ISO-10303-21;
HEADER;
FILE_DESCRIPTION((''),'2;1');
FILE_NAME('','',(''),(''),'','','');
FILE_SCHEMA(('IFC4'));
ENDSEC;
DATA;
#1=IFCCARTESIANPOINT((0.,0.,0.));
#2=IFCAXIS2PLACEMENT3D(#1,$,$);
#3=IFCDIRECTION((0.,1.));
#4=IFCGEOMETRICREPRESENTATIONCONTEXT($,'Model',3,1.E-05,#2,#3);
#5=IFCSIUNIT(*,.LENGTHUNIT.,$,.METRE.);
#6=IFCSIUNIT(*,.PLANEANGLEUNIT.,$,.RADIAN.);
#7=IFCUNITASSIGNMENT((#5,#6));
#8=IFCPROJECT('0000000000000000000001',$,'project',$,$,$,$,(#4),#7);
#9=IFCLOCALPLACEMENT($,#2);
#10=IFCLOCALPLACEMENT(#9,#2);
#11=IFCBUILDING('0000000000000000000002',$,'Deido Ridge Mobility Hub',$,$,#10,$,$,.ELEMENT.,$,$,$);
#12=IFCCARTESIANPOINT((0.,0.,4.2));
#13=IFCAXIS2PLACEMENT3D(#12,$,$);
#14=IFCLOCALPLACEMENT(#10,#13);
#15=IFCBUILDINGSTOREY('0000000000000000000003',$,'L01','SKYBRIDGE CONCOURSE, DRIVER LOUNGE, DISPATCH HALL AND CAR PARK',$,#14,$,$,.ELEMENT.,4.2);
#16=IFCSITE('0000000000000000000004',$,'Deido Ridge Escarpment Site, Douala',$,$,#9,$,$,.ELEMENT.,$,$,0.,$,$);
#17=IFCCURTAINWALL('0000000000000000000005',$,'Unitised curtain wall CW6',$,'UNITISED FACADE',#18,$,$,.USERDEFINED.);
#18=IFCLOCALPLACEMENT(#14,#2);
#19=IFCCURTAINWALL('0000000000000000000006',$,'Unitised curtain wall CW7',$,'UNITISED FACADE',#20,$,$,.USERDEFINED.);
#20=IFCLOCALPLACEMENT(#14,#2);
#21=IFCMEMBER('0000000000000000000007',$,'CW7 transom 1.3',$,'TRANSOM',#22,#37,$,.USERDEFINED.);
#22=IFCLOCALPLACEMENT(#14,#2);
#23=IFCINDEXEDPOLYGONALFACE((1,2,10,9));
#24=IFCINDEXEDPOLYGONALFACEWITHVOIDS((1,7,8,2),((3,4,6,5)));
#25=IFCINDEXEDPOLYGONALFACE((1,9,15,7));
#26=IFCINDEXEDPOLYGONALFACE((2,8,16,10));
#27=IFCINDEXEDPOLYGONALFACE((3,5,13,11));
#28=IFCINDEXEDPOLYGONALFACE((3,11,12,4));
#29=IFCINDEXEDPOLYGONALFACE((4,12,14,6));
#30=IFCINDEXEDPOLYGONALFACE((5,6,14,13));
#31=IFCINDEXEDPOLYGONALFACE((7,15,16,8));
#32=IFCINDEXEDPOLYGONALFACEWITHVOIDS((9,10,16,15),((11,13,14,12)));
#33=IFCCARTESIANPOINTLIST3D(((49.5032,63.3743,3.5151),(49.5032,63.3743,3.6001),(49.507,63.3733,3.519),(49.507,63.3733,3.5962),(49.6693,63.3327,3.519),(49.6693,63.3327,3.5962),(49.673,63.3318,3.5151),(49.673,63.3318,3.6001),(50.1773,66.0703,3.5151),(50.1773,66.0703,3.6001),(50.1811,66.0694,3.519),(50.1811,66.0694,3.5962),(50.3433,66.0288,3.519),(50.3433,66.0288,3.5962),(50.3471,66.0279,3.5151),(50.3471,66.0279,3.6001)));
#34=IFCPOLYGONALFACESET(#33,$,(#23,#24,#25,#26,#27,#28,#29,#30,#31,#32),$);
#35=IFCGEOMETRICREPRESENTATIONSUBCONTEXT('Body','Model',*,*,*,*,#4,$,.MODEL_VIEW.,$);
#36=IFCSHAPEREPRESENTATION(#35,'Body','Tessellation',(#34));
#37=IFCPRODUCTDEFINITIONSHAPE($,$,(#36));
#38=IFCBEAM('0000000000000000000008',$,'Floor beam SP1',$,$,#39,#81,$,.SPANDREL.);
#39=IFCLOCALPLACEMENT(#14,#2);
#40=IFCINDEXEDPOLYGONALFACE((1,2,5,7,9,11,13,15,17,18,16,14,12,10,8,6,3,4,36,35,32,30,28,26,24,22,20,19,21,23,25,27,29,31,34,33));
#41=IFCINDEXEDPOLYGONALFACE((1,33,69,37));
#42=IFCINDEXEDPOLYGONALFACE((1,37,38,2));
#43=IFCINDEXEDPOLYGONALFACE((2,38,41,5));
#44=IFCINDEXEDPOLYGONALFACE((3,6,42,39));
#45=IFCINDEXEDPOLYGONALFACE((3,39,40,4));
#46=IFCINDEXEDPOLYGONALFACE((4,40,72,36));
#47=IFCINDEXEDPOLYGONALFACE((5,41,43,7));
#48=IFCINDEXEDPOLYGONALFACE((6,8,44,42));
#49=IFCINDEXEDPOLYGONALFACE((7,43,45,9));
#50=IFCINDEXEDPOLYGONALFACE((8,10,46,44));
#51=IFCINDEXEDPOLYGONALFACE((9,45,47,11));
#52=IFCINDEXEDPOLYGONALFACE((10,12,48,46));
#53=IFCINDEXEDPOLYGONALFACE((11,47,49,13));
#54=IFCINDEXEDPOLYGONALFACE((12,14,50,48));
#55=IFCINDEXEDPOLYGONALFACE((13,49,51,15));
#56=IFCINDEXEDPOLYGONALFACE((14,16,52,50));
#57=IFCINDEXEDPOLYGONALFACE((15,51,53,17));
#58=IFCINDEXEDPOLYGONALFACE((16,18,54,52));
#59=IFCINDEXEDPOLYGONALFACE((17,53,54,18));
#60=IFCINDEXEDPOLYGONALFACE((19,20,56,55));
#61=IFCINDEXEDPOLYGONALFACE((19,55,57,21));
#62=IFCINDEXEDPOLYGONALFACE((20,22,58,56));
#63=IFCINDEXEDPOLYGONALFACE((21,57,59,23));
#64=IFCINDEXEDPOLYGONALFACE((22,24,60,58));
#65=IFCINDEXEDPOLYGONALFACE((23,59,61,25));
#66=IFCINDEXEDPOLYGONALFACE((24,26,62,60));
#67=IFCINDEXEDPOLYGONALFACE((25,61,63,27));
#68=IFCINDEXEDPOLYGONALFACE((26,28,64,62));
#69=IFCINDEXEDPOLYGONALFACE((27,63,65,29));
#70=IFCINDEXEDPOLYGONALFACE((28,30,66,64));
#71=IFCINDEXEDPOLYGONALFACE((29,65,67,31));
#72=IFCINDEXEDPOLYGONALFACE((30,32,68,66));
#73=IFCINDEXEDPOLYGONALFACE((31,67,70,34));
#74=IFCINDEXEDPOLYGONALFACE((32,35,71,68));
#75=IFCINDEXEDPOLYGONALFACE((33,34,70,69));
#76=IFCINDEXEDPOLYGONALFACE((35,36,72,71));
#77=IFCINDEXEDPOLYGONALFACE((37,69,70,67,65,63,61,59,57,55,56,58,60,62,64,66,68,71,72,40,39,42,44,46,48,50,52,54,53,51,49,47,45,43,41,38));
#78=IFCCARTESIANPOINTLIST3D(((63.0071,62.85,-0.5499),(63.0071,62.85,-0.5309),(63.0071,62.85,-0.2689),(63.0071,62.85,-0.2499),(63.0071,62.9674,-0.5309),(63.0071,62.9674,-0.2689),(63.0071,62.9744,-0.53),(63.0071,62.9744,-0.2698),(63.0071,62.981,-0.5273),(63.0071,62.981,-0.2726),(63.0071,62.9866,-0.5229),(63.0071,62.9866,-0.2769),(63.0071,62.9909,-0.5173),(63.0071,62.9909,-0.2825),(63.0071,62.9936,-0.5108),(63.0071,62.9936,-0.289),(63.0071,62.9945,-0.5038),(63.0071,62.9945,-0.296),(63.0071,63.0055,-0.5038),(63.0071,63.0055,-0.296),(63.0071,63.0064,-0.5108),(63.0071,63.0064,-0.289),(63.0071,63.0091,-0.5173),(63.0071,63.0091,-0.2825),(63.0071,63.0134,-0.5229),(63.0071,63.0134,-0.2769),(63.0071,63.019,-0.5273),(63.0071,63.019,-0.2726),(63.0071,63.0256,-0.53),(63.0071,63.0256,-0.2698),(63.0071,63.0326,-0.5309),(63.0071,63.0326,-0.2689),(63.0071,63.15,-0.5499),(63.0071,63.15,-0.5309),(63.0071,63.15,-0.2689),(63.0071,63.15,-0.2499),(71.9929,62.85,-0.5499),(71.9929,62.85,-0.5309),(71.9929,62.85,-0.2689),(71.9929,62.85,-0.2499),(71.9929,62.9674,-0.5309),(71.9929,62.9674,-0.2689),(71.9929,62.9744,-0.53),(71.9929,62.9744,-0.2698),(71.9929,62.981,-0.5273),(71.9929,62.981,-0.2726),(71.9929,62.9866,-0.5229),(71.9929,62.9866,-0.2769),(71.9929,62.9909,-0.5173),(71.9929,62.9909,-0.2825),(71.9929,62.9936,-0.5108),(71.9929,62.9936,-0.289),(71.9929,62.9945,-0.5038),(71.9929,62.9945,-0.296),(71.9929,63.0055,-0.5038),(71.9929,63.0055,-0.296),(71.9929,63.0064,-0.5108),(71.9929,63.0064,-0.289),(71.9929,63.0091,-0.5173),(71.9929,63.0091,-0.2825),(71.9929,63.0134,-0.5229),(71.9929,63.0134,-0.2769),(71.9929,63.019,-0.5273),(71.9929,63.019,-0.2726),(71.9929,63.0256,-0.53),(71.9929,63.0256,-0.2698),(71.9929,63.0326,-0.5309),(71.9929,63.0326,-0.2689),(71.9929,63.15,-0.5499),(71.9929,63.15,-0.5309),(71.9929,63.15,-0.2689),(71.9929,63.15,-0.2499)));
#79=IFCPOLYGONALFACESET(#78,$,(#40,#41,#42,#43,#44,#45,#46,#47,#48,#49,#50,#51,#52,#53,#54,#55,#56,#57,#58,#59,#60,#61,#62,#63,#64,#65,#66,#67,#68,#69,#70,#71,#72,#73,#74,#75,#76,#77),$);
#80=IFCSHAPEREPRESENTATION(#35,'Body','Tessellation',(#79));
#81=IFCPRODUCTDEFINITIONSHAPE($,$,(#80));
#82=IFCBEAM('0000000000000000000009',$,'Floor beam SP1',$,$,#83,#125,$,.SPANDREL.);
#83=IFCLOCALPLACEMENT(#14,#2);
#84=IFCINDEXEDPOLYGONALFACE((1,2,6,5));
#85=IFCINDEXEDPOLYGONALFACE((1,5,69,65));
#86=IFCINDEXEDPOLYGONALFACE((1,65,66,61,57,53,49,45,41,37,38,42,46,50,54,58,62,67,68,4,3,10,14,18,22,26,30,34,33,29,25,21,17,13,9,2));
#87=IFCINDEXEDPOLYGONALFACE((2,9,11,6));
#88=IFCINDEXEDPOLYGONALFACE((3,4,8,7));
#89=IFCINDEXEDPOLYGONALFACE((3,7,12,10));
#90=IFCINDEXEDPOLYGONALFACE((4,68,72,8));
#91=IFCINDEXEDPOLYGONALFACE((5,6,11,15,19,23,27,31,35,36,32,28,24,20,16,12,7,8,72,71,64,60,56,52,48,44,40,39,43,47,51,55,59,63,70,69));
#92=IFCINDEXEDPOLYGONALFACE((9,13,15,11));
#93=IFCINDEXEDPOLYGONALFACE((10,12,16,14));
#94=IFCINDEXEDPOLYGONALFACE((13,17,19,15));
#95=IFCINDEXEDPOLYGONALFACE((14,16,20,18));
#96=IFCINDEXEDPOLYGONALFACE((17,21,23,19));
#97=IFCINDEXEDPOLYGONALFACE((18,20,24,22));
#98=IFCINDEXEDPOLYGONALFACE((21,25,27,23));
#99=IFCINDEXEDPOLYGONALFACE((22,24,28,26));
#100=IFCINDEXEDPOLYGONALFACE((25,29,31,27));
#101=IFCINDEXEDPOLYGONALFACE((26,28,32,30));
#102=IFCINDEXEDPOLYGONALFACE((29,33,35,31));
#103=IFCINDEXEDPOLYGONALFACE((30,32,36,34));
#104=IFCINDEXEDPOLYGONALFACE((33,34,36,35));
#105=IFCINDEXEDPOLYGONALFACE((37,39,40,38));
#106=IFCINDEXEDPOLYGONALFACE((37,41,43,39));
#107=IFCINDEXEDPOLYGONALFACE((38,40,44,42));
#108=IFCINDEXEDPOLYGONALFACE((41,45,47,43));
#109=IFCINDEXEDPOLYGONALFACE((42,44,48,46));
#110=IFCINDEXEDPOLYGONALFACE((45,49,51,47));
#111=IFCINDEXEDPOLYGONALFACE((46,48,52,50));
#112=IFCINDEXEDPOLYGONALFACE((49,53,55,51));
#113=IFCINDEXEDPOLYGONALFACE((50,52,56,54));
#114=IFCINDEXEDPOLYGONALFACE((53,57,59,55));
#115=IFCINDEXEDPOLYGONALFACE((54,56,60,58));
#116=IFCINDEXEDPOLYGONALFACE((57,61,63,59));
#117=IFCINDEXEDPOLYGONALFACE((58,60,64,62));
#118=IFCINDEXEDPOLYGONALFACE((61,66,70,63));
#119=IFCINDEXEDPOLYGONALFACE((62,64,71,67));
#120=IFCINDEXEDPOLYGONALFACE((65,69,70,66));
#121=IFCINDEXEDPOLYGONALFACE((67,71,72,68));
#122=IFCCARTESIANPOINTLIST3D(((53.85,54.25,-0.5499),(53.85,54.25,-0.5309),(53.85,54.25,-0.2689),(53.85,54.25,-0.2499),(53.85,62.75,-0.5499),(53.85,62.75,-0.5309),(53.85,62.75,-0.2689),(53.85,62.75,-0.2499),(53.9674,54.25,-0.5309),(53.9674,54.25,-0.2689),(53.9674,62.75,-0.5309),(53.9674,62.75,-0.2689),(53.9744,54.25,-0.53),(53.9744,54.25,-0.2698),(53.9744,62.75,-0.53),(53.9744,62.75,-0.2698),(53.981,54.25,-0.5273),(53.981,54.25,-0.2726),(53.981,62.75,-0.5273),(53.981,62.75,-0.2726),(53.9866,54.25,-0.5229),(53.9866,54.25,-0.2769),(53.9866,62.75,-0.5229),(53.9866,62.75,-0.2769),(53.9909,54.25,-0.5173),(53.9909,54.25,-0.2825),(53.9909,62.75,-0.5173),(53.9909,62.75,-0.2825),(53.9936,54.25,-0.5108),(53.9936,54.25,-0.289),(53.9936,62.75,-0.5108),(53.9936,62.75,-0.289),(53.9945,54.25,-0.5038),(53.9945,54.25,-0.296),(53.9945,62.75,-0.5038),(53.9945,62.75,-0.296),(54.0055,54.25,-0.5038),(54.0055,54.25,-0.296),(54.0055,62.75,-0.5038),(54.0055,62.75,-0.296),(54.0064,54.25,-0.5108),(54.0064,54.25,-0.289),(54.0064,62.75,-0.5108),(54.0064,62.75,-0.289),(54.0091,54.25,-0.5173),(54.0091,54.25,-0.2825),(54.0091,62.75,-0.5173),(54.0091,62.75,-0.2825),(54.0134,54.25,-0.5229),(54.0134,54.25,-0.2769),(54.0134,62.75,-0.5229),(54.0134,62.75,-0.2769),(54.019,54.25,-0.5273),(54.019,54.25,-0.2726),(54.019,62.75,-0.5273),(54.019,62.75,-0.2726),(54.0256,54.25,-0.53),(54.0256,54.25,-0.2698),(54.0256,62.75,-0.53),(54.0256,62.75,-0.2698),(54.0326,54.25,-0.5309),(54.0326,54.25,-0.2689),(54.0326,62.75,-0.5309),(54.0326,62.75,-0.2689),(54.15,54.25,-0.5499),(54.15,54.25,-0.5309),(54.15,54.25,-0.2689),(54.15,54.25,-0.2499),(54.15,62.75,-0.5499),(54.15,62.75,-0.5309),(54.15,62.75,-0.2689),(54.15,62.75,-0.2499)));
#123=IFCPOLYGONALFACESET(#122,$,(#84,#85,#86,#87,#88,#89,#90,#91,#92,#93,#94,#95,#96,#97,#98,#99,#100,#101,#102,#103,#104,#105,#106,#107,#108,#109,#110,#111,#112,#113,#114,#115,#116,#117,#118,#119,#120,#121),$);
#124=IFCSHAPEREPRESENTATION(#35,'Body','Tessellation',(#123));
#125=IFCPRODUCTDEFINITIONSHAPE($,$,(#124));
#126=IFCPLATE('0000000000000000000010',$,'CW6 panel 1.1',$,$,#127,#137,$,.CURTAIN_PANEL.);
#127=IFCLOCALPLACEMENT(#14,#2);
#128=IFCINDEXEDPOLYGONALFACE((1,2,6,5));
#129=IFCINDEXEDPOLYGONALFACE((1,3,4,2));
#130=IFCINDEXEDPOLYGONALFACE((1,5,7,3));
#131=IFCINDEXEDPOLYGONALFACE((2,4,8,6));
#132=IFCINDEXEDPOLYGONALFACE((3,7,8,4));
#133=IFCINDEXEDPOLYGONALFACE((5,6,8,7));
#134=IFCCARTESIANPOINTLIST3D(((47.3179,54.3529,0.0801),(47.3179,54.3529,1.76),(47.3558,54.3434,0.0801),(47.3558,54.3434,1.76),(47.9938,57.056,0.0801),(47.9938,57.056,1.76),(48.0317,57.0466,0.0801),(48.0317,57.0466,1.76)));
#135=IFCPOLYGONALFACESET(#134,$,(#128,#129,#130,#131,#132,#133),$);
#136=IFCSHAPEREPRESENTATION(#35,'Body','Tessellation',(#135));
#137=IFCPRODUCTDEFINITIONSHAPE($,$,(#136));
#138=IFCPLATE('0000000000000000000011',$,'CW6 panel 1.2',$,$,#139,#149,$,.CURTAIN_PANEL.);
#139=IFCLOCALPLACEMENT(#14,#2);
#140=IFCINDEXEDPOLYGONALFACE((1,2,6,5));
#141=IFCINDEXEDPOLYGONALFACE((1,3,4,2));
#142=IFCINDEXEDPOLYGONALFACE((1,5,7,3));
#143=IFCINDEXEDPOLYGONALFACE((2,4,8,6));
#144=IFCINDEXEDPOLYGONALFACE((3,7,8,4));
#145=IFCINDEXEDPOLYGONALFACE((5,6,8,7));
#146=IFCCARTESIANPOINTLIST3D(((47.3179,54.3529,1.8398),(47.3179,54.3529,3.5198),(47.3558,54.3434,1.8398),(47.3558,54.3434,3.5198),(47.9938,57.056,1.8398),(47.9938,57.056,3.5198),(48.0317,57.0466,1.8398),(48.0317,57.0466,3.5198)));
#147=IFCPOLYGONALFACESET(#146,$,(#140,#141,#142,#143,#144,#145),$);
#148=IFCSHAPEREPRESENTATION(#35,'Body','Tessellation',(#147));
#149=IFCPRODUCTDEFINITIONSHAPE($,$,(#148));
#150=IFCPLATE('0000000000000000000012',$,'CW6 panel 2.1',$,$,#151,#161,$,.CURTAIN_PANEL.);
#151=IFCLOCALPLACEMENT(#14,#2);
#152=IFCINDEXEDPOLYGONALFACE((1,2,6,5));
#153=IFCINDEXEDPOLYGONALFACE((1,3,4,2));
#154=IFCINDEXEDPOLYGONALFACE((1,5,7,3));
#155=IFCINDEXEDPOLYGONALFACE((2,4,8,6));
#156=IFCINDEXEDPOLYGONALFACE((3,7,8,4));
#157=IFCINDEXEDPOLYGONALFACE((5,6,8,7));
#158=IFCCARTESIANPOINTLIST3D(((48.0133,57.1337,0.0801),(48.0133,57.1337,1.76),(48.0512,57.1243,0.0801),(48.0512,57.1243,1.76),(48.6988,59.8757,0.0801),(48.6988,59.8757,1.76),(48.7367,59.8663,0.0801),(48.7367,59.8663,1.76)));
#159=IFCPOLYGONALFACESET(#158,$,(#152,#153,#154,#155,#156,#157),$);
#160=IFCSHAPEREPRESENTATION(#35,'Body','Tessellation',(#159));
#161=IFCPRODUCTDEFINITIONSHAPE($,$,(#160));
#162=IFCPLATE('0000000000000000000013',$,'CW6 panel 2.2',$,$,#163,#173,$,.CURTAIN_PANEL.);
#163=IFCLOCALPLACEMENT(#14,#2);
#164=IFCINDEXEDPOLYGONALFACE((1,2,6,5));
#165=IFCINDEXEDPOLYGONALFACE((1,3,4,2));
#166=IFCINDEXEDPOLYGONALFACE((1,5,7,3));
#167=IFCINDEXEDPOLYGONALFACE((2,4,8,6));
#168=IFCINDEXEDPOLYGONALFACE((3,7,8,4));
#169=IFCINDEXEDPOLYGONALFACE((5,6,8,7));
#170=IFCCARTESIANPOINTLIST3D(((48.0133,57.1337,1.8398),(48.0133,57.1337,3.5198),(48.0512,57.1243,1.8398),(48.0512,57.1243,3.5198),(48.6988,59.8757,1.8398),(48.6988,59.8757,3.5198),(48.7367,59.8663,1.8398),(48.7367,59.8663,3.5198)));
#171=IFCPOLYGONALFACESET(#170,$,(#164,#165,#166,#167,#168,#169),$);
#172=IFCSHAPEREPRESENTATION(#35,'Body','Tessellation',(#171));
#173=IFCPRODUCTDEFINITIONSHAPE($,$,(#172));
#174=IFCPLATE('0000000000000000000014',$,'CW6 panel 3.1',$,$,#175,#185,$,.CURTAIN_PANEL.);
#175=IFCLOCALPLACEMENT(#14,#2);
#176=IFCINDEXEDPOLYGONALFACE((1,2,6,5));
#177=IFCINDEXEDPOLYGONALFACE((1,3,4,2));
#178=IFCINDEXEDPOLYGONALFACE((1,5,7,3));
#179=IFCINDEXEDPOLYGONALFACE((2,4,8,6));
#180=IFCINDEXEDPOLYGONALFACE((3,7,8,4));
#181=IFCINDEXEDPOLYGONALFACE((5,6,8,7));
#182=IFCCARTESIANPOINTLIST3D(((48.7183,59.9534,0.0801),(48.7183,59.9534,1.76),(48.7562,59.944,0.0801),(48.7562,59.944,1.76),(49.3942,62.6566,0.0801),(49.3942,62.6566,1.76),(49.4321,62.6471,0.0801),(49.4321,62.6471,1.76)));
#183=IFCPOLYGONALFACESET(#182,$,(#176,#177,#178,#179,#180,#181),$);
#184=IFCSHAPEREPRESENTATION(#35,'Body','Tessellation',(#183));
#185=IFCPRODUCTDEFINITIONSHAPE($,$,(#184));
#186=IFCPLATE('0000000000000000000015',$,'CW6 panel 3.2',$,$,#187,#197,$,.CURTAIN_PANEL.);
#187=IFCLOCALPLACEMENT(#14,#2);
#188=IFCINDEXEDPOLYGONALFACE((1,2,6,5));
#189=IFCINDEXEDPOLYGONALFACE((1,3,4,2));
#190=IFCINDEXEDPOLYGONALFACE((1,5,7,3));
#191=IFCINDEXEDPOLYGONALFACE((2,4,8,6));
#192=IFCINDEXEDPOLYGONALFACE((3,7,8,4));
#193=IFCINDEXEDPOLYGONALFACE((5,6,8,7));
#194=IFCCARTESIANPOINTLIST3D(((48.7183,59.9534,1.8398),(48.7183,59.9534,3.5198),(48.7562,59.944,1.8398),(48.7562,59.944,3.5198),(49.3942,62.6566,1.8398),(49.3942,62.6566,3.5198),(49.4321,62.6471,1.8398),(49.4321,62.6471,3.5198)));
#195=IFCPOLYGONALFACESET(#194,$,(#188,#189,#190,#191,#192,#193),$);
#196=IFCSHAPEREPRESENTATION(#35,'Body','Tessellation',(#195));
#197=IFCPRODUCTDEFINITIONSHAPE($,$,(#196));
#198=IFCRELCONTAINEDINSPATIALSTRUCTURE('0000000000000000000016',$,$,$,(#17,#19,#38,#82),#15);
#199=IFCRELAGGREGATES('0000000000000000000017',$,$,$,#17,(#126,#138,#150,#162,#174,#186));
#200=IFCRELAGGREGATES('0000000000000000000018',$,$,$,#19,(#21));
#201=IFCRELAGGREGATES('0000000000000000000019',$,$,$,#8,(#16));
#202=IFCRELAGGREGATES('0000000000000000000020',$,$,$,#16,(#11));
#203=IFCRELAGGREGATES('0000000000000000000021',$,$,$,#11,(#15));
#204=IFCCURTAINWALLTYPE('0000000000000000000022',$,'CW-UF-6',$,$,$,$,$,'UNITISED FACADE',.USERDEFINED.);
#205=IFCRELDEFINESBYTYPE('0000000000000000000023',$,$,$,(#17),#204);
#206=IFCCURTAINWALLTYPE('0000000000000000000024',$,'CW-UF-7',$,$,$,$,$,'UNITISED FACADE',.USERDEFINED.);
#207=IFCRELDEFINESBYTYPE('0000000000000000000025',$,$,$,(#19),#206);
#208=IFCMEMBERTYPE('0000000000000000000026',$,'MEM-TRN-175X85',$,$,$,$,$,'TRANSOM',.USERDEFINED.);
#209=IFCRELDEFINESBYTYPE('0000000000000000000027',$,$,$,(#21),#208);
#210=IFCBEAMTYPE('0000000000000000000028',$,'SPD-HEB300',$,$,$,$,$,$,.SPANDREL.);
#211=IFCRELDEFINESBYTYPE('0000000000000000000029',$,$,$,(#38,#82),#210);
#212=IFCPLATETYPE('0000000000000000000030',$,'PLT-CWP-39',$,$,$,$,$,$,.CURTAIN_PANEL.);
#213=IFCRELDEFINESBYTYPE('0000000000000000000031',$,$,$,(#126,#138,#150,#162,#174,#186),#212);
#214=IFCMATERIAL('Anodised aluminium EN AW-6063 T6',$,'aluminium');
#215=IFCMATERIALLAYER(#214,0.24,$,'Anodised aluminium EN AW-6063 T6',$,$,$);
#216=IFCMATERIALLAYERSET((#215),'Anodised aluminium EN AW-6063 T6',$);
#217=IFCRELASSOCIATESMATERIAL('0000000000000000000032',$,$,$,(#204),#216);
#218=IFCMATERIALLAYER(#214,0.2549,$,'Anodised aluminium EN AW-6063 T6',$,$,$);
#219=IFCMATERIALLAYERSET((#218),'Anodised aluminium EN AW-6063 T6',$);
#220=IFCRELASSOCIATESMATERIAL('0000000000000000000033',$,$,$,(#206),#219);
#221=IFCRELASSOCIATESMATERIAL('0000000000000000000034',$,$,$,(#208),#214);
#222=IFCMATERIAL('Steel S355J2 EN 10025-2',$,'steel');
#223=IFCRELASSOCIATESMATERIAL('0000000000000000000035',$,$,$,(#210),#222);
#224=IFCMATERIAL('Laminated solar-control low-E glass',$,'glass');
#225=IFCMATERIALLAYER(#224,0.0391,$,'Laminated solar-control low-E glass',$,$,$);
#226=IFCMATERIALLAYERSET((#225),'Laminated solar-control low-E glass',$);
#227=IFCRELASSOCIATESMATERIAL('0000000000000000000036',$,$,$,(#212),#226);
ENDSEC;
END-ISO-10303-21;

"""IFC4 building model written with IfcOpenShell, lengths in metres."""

from ifc_helpers import new_model, si_unit, direction, frame, origin, origin_2d, place, context, subcontext, project, spatial, rectangle, hollow_rectangle, i_section, extrude, material, layer, layer_set, material_profile, profile_set, type_object, element, aggregate, save


model = new_model("IFC4")

# Units and contexts
model_context = context("Model", 3, precision=1e-05, world=origin(), true_north=direction((0.0, 1.0)))
body_context = subcontext(model_context, "Body", "Model", "MODEL_VIEW")
ifc_project = project(units=[si_unit("LENGTHUNIT", "METRE"), si_unit("PLANEANGLEUNIT", "RADIAN")], contexts=[model_context])

# Site, building, storey
site_placement = place(None, origin())
site = spatial("IfcSite", under=ifc_project, at=site_placement, Name="Deido Ridge Escarpment Site, Douala", CompositionType="ELEMENT", RefElevation=0.0)
building_placement = place(site_placement, origin())
building = spatial("IfcBuilding", under=site, at=building_placement, Name="Deido Ridge Mobility Hub", CompositionType="ELEMENT")
storey_placement = place(building_placement, frame((0.0, 0.0, 4.2)))
storey = spatial("IfcBuildingStorey", under=building, at=storey_placement, Name="L01", Description="SKYBRIDGE CONCOURSE, DRIVER LOUNGE, DISPATCH HALL AND CAR PARK", CompositionType="ELEMENT", Elevation=4.2)

# Shared definitions
ifc_material_1 = material(Name="Steel S355J2 EN 10025-2", Category="steel")

# Curtain wall
ifc_material_2 = material(Name="Anodised aluminium EN AW-6063 T6", Category="aluminium")
ifc_layer_1 = layer(ifc_material_2, 0.24, Name="Anodised aluminium EN AW-6063 T6")
ifc_layer_set_1 = layer_set([ifc_layer_1], Name="Anodised aluminium EN AW-6063 T6")
curtain_wall_type_1 = type_object("IfcCurtainWallType", Name="CW-UF-6", ElementType="UNITISED FACADE", PredefinedType="USERDEFINED", material=ifc_layer_set_1)
curtain_wall_1_placement = place(storey_placement, origin())
curtain_wall_1 = element("IfcCurtainWall", 1, at=curtain_wall_1_placement, inside=storey, type_object=curtain_wall_type_1, Name="Unitised curtain wall CW6", ObjectType="UNITISED FACADE", PredefinedType="USERDEFINED")

# Curtain wall
ifc_layer_2 = layer(ifc_material_2, 0.2549, Name="Anodised aluminium EN AW-6063 T6")
ifc_layer_set_2 = layer_set([ifc_layer_2], Name="Anodised aluminium EN AW-6063 T6")
curtain_wall_type_2 = type_object("IfcCurtainWallType", Name="CW-UF-7", ElementType="UNITISED FACADE", PredefinedType="USERDEFINED", material=ifc_layer_set_2)
curtain_wall_2_placement = place(storey_placement, origin())
curtain_wall_2 = element("IfcCurtainWall", 2, at=curtain_wall_2_placement, inside=storey, type_object=curtain_wall_type_2, Name="Unitised curtain wall CW7", ObjectType="UNITISED FACADE", PredefinedType="USERDEFINED")

# Member
ifc_material_profile_1 = material_profile(ifc_material_2, hollow_rectangle(XDim=0.175, YDim=0.085, WallThickness=0.0039, at=origin_2d()), Name="RHS 175x85x4")
ifc_profile_set_1 = profile_set([ifc_material_profile_1], Name="Anodised aluminium EN AW-6063 T6")
member_type_1 = type_object("IfcMemberType", Name="MEM-TRN-175X85", ElementType="TRANSOM", PredefinedType="USERDEFINED", material=ifc_profile_set_1)
member_1_placement = place(storey_placement, frame((49.5881, 63.353, 3.5576), z_axis=(0.242556, 0.970137, 0.0), x_axis=(-0.970137, 0.242556, 0.0)))
member_1 = element("IfcMember", 3, at=member_1_placement, type_object=member_type_1, Name="CW7 transom 1.3", ObjectType="TRANSOM", PredefinedType="USERDEFINED", context=body_context, shape_type="SweptSolid", body=[
    extrude(hollow_rectangle(XDim=0.175, YDim=0.085, WallThickness=0.0039, at=origin_2d()), origin(), (0.0, 0.0, 1.0), 2.7791),
])

# Beams
ifc_material_profile_2 = material_profile(ifc_material_1, i_section(OverallWidth=0.3, OverallDepth=0.3, WebThickness=0.011, FlangeThickness=0.019, FilletRadius=0.0271, at=origin_2d()), Name="HEB 300")
ifc_profile_set_2 = profile_set([ifc_material_profile_2], Name="Steel S355J2 EN 10025-2")
beam_type_1 = type_object("IfcBeamType", Name="SPD-HEB300", PredefinedType="SPANDREL", material=ifc_profile_set_2)
beam_1_placement = place(storey_placement, frame((63.0071, 63.0, -0.3999), z_axis=(1.0, 0.0, 0.0), x_axis=(0.0, 1.0, 0.0)))
element("IfcBeam", 4, at=beam_1_placement, inside=storey, type_object=beam_type_1, Name="Floor beam SP1", PredefinedType="SPANDREL", context=body_context, shape_type="SweptSolid", body=[
    extrude(i_section(OverallWidth=0.3, OverallDepth=0.3, WebThickness=0.011, FlangeThickness=0.019, FilletRadius=0.0271, at=origin_2d()), origin(), (0.0, 0.0, 1.0), 8.9858),
])
beam_2_placement = place(storey_placement, frame((54.0, 54.25, -0.3999), z_axis=(0.0, 1.0, 0.0), x_axis=(-1.0, 0.0, 0.0)))
element("IfcBeam", 5, at=beam_2_placement, inside=storey, type_object=beam_type_1, Name="Floor beam SP1", PredefinedType="SPANDREL", context=body_context, shape_type="SweptSolid", body=[
    extrude(i_section(OverallWidth=0.3, OverallDepth=0.3, WebThickness=0.011, FlangeThickness=0.019, FilletRadius=0.0271, at=origin_2d()), origin(), (0.0, 0.0, 1.0), 8.5),
])

# Plates
ifc_material_3 = material(Name="Laminated solar-control low-E glass", Category="glass")
ifc_layer_3 = layer(ifc_material_3, 0.0391, Name="Laminated solar-control low-E glass")
ifc_layer_set_3 = layer_set([ifc_layer_3], Name="Laminated solar-control low-E glass")
plate_type_1 = type_object("IfcPlateType", Name="PLT-CWP-39", PredefinedType="CURTAIN_PANEL", material=ifc_layer_set_3)
plate_1_placement = place(storey_placement, frame((47.6748, 55.6997, 0.0801), z_axis=(0.0, 0.0, 1.0), x_axis=(0.242546, 0.97014, 0.0)))
plate_1 = element("IfcPlate", 6, at=plate_1_placement, type_object=plate_type_1, Name="CW6 panel 1.1", PredefinedType="CURTAIN_PANEL", context=body_context, shape_type="SweptSolid", body=[
    extrude(rectangle(XDim=2.7864, YDim=0.0391, at=origin_2d()), origin(), (0.0, 0.0, 1.0), 1.6799),
])
plate_2_placement = place(storey_placement, frame((47.6748, 55.6997, 1.8398), z_axis=(0.0, 0.0, 1.0), x_axis=(0.242546, 0.97014, 0.0)))
plate_2 = element("IfcPlate", 7, at=plate_2_placement, type_object=plate_type_1, Name="CW6 panel 1.2", PredefinedType="CURTAIN_PANEL", context=body_context, shape_type="SweptSolid", body=[
    extrude(rectangle(XDim=2.7864, YDim=0.0391, at=origin_2d()), origin(), (0.0, 0.0, 1.0), 1.6799),
])
plate_3_placement = place(storey_placement, frame((48.375, 58.5, 0.0801), z_axis=(0.0, 0.0, 1.0), x_axis=(0.242546, 0.97014, 0.0)))
plate_3 = element("IfcPlate", 8, at=plate_3_placement, type_object=plate_type_1, Name="CW6 panel 2.1", PredefinedType="CURTAIN_PANEL", context=body_context, shape_type="SweptSolid", body=[
    extrude(rectangle(XDim=2.8264, YDim=0.0391, at=origin_2d()), origin(), (0.0, 0.0, 1.0), 1.6799),
])
plate_4_placement = place(storey_placement, frame((48.375, 58.5, 1.8398), z_axis=(0.0, 0.0, 1.0), x_axis=(0.242546, 0.97014, 0.0)))
plate_4 = element("IfcPlate", 9, at=plate_4_placement, type_object=plate_type_1, Name="CW6 panel 2.2", PredefinedType="CURTAIN_PANEL", context=body_context, shape_type="SweptSolid", body=[
    extrude(rectangle(XDim=2.8264, YDim=0.0391, at=origin_2d()), origin(), (0.0, 0.0, 1.0), 1.6799),
])
plate_5_placement = place(storey_placement, frame((49.0752, 61.3003, 0.0801), z_axis=(0.0, 0.0, 1.0), x_axis=(0.242546, 0.97014, 0.0)))
plate_5 = element("IfcPlate", 10, at=plate_5_placement, type_object=plate_type_1, Name="CW6 panel 3.1", PredefinedType="CURTAIN_PANEL", context=body_context, shape_type="SweptSolid", body=[
    extrude(rectangle(XDim=2.7864, YDim=0.0391, at=origin_2d()), origin(), (0.0, 0.0, 1.0), 1.6799),
])
plate_6_placement = place(storey_placement, frame((49.0752, 61.3003, 1.8398), z_axis=(0.0, 0.0, 1.0), x_axis=(0.242546, 0.97014, 0.0)))
plate_6 = element("IfcPlate", 11, at=plate_6_placement, type_object=plate_type_1, Name="CW6 panel 3.2", PredefinedType="CURTAIN_PANEL", context=body_context, shape_type="SweptSolid", body=[
    extrude(rectangle(XDim=2.7864, YDim=0.0391, at=origin_2d()), origin(), (0.0, 0.0, 1.0), 1.6799),
])
aggregate(curtain_wall_1, [plate_1, plate_2, plate_3, plate_4, plate_5, plate_6])
aggregate(curtain_wall_2, [member_1])

save(model, "model.ifc")
